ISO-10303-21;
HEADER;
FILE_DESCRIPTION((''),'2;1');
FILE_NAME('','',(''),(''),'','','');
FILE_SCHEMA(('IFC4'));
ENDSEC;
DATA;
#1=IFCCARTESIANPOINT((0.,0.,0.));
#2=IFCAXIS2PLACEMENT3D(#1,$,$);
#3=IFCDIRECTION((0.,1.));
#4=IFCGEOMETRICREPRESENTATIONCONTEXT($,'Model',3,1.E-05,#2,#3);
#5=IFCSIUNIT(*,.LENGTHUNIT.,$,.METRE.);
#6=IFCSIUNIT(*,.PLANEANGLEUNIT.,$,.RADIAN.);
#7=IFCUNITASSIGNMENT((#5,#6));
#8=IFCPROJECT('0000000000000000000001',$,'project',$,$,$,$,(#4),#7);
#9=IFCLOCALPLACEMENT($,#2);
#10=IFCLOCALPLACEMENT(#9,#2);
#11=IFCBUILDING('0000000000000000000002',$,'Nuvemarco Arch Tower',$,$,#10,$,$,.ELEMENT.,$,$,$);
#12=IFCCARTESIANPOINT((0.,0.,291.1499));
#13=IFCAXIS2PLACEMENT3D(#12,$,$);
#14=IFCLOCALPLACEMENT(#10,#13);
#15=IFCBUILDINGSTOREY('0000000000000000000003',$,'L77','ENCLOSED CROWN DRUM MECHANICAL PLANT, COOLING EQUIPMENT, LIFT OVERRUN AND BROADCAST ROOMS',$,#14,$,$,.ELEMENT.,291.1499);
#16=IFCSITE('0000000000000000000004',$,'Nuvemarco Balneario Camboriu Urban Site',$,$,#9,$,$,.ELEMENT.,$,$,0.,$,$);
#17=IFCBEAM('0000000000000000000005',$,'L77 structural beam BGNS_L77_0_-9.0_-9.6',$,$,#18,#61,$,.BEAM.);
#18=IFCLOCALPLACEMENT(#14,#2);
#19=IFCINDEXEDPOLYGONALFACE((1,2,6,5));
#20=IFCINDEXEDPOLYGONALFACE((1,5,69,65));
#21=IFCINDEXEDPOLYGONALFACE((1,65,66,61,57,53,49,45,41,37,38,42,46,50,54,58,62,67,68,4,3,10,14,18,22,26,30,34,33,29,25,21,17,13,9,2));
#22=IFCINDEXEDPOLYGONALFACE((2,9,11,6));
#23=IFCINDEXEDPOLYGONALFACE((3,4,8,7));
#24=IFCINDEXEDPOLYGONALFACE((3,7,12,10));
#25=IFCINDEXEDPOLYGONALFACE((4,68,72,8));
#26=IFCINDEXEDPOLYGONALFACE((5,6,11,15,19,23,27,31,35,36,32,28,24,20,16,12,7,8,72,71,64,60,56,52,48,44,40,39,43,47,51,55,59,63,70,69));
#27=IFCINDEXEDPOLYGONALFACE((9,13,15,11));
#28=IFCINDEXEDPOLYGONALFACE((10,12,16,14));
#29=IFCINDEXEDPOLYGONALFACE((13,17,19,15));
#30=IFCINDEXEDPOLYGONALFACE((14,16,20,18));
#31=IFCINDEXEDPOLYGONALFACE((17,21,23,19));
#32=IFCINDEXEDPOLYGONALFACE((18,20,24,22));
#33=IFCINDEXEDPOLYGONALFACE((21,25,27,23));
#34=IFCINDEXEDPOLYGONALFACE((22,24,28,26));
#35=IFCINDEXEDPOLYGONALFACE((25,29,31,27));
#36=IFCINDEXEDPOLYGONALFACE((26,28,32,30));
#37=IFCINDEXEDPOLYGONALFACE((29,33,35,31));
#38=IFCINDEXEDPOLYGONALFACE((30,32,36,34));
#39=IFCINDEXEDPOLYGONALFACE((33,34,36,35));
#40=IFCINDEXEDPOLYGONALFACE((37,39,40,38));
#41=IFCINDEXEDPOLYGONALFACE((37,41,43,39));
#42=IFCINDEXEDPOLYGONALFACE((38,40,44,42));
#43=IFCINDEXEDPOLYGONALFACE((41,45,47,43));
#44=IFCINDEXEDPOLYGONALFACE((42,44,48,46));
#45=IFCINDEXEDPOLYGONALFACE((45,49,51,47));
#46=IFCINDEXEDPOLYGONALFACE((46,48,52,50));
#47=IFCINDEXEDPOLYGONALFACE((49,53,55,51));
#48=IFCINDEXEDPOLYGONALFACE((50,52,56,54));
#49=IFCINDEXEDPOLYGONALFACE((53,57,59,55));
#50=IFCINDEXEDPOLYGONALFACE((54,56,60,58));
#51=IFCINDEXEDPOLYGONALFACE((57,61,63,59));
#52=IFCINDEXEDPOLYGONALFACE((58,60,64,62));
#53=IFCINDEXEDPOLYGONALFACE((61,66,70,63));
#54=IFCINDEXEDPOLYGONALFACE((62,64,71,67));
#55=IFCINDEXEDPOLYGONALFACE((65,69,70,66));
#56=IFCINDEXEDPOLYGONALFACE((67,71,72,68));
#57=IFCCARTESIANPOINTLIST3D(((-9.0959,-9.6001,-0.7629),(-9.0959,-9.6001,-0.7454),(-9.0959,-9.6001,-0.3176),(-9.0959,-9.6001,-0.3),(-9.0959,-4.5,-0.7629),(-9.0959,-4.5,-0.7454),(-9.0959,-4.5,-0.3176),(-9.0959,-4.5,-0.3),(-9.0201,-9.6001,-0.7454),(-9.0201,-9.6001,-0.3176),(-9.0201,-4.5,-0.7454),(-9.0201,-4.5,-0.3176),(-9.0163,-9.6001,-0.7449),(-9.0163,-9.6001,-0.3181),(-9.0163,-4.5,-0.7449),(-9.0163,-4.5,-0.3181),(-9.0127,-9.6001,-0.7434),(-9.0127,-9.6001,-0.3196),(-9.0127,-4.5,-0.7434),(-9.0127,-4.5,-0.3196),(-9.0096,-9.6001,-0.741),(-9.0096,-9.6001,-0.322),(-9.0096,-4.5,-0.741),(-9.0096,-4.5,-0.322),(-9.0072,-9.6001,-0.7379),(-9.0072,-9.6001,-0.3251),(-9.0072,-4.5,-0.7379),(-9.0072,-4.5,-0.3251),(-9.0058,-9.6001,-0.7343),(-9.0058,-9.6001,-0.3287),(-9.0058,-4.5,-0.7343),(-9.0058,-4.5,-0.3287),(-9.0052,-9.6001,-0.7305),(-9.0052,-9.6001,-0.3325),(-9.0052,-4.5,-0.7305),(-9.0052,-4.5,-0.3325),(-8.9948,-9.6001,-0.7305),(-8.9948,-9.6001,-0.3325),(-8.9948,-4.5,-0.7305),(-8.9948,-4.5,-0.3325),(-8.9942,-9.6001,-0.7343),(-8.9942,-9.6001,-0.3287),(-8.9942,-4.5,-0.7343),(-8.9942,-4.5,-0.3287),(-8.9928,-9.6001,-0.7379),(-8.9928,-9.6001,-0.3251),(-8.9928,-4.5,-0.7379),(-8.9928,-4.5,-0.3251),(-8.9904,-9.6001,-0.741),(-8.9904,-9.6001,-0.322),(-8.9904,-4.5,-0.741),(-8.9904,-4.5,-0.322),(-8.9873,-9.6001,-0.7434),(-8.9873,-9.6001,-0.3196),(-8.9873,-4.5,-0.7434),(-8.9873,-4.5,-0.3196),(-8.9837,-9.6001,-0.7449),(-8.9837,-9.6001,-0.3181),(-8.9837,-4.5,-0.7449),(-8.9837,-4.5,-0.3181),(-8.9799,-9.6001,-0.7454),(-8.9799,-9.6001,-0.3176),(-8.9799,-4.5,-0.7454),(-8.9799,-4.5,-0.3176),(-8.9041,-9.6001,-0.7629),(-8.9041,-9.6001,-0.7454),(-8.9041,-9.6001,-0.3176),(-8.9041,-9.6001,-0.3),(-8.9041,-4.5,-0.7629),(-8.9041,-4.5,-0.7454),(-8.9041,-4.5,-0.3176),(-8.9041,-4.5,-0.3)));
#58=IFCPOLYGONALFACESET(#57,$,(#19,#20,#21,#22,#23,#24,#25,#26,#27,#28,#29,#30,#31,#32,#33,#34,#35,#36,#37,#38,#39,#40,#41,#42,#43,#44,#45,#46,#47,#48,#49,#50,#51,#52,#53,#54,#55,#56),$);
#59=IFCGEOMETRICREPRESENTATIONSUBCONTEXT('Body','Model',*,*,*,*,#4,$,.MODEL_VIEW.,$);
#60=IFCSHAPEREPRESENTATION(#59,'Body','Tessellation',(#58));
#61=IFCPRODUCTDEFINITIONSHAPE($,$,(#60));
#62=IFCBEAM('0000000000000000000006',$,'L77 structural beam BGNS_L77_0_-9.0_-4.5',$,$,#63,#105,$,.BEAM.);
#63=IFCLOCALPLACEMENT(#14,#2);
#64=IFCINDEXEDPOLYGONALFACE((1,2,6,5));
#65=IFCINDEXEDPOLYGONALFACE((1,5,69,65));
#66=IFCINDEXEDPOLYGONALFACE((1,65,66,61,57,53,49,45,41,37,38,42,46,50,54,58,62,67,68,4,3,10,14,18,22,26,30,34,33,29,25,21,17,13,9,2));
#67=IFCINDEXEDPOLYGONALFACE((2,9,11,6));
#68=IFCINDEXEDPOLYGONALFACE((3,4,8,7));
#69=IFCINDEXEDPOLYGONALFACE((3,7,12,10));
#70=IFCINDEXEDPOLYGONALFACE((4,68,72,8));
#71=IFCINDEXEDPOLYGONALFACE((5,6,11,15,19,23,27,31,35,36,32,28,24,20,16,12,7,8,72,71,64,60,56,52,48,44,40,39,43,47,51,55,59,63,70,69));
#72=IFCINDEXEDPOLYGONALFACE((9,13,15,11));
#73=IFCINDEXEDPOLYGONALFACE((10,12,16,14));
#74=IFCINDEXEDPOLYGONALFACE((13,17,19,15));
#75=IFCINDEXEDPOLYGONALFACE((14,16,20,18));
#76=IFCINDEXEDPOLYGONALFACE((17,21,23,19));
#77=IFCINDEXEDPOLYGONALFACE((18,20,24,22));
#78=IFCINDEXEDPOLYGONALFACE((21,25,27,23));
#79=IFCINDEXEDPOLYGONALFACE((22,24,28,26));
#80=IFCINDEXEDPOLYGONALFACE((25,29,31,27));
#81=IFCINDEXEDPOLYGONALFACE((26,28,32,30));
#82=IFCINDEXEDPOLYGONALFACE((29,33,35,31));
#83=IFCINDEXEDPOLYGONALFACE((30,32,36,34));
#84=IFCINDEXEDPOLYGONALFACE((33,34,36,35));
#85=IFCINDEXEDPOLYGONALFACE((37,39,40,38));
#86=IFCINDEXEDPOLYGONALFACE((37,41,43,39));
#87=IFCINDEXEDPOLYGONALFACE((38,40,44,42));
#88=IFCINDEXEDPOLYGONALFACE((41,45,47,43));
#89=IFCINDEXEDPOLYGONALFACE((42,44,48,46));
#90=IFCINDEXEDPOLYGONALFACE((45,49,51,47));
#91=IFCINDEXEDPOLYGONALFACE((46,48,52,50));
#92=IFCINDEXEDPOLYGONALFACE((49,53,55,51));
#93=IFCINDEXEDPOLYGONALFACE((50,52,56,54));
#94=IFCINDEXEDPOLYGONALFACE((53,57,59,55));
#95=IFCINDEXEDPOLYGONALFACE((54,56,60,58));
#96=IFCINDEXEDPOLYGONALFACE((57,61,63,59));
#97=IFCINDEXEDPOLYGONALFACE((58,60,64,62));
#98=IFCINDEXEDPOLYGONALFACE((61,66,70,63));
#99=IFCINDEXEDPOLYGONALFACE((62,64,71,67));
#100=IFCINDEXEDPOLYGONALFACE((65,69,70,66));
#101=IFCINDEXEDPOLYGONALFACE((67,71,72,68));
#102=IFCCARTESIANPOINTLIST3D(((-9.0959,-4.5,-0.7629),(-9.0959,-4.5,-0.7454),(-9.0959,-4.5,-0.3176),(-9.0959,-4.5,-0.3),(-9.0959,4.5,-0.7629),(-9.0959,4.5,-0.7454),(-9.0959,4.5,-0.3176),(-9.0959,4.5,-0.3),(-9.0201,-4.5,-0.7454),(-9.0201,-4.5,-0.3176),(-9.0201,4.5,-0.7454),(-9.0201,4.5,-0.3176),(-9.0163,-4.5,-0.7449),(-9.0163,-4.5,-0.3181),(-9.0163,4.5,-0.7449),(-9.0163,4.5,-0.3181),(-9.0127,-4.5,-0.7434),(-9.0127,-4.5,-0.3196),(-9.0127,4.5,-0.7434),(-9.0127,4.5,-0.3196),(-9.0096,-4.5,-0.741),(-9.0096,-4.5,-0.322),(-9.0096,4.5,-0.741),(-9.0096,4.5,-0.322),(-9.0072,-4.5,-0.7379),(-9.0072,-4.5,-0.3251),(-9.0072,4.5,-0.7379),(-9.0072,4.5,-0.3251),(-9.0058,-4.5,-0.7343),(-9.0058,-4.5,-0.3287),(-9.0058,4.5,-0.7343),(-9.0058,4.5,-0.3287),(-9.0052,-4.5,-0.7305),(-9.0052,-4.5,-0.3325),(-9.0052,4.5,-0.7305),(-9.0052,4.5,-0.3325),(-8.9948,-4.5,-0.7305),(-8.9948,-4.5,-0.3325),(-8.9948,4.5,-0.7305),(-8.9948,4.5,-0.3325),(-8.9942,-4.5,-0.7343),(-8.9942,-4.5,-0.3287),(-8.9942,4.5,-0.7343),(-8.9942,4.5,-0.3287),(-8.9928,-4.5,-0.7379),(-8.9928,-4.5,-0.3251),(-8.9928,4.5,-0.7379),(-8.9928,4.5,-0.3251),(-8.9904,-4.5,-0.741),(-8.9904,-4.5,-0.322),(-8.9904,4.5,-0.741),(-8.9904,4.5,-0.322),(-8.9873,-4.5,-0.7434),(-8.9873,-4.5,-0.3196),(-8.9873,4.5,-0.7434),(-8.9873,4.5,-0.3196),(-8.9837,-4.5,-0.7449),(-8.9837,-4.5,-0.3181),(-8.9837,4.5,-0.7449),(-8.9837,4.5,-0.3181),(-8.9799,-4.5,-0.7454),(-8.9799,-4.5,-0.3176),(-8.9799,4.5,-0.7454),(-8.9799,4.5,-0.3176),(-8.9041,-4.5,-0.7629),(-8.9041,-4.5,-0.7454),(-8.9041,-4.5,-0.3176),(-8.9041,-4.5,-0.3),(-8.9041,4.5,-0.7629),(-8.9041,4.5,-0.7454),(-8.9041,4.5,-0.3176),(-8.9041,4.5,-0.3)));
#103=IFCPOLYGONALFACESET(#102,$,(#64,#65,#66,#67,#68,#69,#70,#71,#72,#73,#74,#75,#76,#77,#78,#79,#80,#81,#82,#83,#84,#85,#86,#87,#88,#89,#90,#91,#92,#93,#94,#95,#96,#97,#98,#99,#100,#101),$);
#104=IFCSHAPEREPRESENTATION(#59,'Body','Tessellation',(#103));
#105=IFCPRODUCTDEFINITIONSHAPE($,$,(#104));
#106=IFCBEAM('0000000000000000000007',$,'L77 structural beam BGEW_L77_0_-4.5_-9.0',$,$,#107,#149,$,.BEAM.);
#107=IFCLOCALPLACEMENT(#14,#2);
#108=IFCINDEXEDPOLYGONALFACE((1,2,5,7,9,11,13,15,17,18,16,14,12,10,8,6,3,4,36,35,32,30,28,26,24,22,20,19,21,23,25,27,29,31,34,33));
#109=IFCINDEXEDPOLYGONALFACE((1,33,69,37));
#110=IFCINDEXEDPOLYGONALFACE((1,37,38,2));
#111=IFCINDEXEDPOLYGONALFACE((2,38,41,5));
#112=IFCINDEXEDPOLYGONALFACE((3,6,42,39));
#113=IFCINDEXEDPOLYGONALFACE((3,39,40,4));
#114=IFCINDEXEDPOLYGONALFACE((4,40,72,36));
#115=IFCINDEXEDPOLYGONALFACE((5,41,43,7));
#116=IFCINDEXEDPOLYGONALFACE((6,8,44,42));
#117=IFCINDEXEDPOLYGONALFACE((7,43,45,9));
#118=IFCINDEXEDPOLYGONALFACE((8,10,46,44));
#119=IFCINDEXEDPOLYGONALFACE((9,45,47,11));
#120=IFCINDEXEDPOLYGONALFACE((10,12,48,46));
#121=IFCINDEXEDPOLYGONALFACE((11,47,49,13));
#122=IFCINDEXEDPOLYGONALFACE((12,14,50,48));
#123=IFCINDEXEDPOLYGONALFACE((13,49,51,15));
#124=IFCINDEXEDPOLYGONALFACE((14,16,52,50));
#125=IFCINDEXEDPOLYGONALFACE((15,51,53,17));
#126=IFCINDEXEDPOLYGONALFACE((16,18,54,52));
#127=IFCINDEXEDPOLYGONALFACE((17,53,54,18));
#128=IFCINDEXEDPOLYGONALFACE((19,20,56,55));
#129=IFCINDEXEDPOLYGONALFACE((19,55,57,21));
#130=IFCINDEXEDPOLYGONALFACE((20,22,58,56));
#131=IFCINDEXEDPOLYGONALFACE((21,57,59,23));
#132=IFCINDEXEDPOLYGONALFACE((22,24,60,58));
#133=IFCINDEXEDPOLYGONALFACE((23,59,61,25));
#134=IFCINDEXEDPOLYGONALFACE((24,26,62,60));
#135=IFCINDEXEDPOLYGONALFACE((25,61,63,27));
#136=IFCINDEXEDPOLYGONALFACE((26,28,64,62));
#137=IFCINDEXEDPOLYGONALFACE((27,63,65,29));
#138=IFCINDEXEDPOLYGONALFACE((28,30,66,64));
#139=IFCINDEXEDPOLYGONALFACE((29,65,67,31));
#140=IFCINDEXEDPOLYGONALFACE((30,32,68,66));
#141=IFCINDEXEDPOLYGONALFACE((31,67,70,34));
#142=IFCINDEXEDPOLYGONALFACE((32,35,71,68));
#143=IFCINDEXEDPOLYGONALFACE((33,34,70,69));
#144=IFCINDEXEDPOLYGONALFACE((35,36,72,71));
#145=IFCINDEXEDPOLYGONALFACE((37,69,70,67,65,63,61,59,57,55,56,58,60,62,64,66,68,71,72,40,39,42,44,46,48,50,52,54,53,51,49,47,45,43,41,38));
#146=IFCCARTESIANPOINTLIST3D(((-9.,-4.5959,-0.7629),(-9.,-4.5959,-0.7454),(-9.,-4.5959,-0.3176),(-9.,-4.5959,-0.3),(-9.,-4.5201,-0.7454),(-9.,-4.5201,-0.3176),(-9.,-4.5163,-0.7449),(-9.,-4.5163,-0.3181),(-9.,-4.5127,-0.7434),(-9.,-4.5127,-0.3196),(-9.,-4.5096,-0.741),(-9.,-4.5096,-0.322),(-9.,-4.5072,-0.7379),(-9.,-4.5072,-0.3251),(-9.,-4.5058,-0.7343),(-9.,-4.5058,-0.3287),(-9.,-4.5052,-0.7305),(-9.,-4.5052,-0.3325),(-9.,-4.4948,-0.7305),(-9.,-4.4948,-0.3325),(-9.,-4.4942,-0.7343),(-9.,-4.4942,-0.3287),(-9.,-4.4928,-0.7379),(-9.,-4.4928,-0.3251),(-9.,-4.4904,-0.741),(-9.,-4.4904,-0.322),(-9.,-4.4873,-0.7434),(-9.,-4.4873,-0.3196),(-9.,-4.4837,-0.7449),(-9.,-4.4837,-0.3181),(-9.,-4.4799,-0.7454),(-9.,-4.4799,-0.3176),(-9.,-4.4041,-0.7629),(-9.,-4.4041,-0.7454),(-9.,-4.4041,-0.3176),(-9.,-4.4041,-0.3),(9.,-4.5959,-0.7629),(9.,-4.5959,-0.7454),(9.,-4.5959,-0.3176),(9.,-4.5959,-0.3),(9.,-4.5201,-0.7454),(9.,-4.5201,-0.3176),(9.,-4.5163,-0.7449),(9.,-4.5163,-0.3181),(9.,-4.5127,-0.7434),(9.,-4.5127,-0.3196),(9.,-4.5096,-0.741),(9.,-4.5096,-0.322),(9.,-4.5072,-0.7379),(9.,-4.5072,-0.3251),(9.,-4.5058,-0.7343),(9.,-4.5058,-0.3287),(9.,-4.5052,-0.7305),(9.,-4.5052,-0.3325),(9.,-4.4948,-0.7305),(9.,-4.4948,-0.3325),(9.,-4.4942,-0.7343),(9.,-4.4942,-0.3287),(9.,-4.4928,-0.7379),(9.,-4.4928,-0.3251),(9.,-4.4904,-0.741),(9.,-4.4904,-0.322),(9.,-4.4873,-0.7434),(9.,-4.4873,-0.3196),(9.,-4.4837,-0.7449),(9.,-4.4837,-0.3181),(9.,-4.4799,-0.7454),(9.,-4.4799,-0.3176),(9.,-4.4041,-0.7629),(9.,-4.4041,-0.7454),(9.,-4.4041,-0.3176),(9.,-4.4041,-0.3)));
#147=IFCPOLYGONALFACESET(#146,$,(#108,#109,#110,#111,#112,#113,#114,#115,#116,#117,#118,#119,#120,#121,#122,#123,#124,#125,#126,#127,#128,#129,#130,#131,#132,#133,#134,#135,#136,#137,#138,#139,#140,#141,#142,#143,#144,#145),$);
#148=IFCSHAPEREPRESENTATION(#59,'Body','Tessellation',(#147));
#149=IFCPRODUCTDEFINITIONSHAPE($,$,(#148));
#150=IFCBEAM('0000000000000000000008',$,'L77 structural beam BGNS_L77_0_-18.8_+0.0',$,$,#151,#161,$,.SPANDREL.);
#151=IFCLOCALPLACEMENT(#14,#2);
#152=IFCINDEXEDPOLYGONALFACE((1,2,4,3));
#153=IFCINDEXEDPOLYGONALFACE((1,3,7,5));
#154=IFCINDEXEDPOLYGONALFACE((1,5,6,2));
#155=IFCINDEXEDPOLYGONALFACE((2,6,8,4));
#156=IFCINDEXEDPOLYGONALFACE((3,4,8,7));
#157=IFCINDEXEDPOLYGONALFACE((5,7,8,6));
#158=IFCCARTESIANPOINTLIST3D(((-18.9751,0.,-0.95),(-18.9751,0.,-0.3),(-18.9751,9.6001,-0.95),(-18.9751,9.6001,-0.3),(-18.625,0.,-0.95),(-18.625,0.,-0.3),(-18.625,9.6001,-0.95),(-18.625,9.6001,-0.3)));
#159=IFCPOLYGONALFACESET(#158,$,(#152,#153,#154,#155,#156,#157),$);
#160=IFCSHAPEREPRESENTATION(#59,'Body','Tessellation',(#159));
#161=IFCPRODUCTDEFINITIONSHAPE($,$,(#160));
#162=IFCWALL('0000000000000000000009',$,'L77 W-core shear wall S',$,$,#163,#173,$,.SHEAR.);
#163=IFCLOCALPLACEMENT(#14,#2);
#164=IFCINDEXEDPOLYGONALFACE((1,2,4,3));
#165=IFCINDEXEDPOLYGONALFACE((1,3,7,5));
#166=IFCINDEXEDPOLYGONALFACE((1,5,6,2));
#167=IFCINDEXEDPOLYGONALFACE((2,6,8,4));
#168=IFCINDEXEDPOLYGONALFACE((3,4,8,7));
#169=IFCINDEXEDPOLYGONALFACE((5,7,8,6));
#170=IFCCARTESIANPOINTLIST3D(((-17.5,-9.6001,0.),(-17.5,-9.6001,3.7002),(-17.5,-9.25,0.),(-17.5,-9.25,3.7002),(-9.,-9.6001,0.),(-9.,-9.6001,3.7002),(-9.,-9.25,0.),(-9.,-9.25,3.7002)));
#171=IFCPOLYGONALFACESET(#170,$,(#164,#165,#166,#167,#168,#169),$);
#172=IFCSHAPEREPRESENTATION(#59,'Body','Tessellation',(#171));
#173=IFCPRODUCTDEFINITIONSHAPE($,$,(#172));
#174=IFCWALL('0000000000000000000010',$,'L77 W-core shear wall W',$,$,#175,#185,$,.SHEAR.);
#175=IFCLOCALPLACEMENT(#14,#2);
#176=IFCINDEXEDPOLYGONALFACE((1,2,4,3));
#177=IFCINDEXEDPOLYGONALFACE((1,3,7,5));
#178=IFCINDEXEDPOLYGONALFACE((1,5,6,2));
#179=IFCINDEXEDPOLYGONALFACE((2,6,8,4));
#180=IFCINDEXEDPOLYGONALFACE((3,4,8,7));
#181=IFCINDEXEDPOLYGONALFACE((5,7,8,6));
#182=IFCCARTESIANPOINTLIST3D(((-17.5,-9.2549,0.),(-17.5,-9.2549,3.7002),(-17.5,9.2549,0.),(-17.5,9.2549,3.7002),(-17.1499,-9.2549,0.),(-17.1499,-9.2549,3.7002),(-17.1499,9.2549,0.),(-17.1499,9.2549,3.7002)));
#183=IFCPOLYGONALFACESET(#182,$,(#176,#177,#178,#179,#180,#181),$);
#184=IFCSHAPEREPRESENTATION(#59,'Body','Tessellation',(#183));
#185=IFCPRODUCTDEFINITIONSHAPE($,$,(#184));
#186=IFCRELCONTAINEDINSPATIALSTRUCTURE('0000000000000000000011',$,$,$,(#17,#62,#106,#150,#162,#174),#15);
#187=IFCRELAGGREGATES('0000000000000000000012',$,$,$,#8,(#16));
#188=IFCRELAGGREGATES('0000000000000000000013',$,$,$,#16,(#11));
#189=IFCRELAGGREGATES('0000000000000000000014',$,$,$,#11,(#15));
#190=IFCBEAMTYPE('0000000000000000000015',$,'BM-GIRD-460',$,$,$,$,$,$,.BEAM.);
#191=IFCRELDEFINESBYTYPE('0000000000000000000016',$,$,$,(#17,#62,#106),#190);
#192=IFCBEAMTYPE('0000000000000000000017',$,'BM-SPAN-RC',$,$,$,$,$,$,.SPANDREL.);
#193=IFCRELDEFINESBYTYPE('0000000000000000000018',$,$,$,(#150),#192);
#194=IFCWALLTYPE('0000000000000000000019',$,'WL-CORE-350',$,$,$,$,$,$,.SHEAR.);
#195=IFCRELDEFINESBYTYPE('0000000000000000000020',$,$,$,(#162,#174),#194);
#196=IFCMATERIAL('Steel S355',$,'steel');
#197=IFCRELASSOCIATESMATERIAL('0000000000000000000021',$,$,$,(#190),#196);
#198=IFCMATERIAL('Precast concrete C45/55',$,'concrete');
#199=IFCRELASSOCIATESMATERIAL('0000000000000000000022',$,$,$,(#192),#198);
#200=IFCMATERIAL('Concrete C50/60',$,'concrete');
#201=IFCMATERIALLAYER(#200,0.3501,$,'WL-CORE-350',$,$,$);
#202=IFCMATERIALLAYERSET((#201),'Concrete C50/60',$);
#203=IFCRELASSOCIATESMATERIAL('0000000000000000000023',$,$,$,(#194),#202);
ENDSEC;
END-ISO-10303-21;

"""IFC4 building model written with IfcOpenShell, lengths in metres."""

from ifc_helpers import new_model, si_unit, direction, frame, frame_2d, origin, origin_2d, place, context, subcontext, project, spatial, rectangle, i_section, extrude, material, layer, layer_set, material_profile, profile_set, type_object, element, save


model = new_model("IFC4")

# Units and contexts
model_context = context("Model", 3, precision=1e-05, world=origin(), true_north=direction((0.0, 1.0)))
body_context = subcontext(model_context, "Body", "Model", "MODEL_VIEW")
ifc_project = project(units=[si_unit("LENGTHUNIT", "METRE"), si_unit("PLANEANGLEUNIT", "RADIAN")], contexts=[model_context])

# Site, building, storey
site_placement = place(None, origin())
site = spatial("IfcSite", under=ifc_project, at=site_placement, Name="Nuvemarco Balneario Camboriu Urban Site", CompositionType="ELEMENT", RefElevation=0.0)
building_placement = place(site_placement, origin())
building = spatial("IfcBuilding", under=site, at=building_placement, Name="Nuvemarco Arch Tower", CompositionType="ELEMENT")
storey_placement = place(building_placement, frame((0.0, 0.0, 291.1499)))
storey = spatial("IfcBuildingStorey", under=building, at=storey_placement, Name="L77", Description="ENCLOSED CROWN DRUM MECHANICAL PLANT, COOLING EQUIPMENT, LIFT OVERRUN AND BROADCAST ROOMS", CompositionType="ELEMENT", Elevation=291.1499)

# Shared definitions
ifc_material_1 = material(Name="Concrete C50/60", Category="concrete")
ifc_material_2 = material(Name="Steel S355", Category="steel")

# Beams
ifc_material_profile_1 = material_profile(ifc_material_2, i_section(OverallWidth=0.1919, OverallDepth=0.4629, WebThickness=0.0105, FlangeThickness=0.0176, FilletRadius=0.0149, at=origin_2d()), Name="W460x89")
ifc_profile_set_1 = profile_set([ifc_material_profile_1], Name="Steel S355")
beam_type_1 = type_object("IfcBeamType", Name="BM-GIRD-460", PredefinedType="BEAM", material=ifc_profile_set_1)
beam_1_placement = place(storey_placement, frame((-9.0, -9.6001, -0.5315), z_axis=(0.0, 1.0, 0.0), x_axis=(-1.0, 0.0, 0.0)))
element("IfcBeam", 1, at=beam_1_placement, inside=storey, type_object=beam_type_1, Name="L77 structural beam BGNS_L77_0_-9.0_-9.6", PredefinedType="BEAM", context=body_context, shape_type="SweptSolid", body=[
    extrude(i_section(OverallWidth=0.1919, OverallDepth=0.4629, WebThickness=0.0105, FlangeThickness=0.0176, FilletRadius=0.0149, at=origin_2d()), origin(), (0.0, 0.0, 1.0), 5.1001),
])
beam_2_placement = place(storey_placement, frame((-9.0, -4.5, -0.5315), z_axis=(0.0, 1.0, 0.0), x_axis=(-1.0, 0.0, 0.0)))
element("IfcBeam", 2, at=beam_2_placement, inside=storey, type_object=beam_type_1, Name="L77 structural beam BGNS_L77_0_-9.0_-4.5", PredefinedType="BEAM", context=body_context, shape_type="SweptSolid", body=[
    extrude(i_section(OverallWidth=0.1919, OverallDepth=0.4629, WebThickness=0.0105, FlangeThickness=0.0176, FilletRadius=0.0149, at=origin_2d()), origin(), (0.0, 0.0, 1.0), 9.0),
])
beam_3_placement = place(storey_placement, frame((-9.0, -4.5, -0.5315), z_axis=(1.0, 0.0, 0.0), x_axis=(0.0, 1.0, 0.0)))
element("IfcBeam", 3, at=beam_3_placement, inside=storey, type_object=beam_type_1, Name="L77 structural beam BGEW_L77_0_-4.5_-9.0", PredefinedType="BEAM", context=body_context, shape_type="SweptSolid", body=[
    extrude(i_section(OverallWidth=0.1919, OverallDepth=0.4629, WebThickness=0.0105, FlangeThickness=0.0176, FilletRadius=0.0149, at=origin_2d()), origin(), (0.0, 0.0, 1.0), 18.0),
])
ifc_material_3 = material(Name="Precast concrete C45/55", Category="concrete")
ifc_material_profile_2 = material_profile(ifc_material_3, rectangle(XDim=0.3501, YDim=0.6499, at=origin_2d()), Name="PC-SP-350x650")
ifc_profile_set_2 = profile_set([ifc_material_profile_2], Name="Precast concrete C45/55")
beam_type_2 = type_object("IfcBeamType", Name="BM-SPAN-RC", PredefinedType="SPANDREL", material=ifc_profile_set_2)
beam_4_placement = place(storey_placement, frame((-18.8, 0.0, -0.625), z_axis=(0.0, 1.0, 0.0), x_axis=(-1.0, 0.0, 0.0)))
element("IfcBeam", 4, at=beam_4_placement, inside=storey, type_object=beam_type_2, Name="L77 structural beam BGNS_L77_0_-18.8_+0.0", PredefinedType="SPANDREL", context=body_context, shape_type="SweptSolid", body=[
    extrude(rectangle(XDim=0.3501, YDim=0.6499, at=origin_2d()), origin(), (0.0, 0.0, 1.0), 9.6001),
])

# Walls
ifc_layer_1 = layer(ifc_material_1, 0.3501, Name="WL-CORE-350")
ifc_layer_set_1 = layer_set([ifc_layer_1], Name="Concrete C50/60")
wall_type_1 = type_object("IfcWallType", Name="WL-CORE-350", PredefinedType="SHEAR", material=ifc_layer_set_1)
wall_1_placement = place(storey_placement, frame((-17.5, -9.425, 0.0), z_axis=(0.0, 0.0, 1.0), x_axis=(1.0, 0.0, 0.0)))
element("IfcWall", 5, at=wall_1_placement, inside=storey, type_object=wall_type_1, Name="L77 W-core shear wall S", PredefinedType="SHEAR", context=body_context, shape_type="SweptSolid", body=[
    extrude(rectangle(XDim=8.5, YDim=0.3501, at=frame_2d((4.25, 0.0))), origin(), (0.0, 0.0, 1.0), 3.7002),
])
wall_2_placement = place(storey_placement, frame((-17.325, -9.2549, 0.0), z_axis=(0.0, 0.0, 1.0), x_axis=(0.0, 1.0, 0.0)))
element("IfcWall", 6, at=wall_2_placement, inside=storey, type_object=wall_type_1, Name="L77 W-core shear wall W", PredefinedType="SHEAR", context=body_context, shape_type="SweptSolid", body=[
    extrude(rectangle(XDim=18.5098, YDim=0.3501, at=frame_2d((9.2549, 0.0))), origin(), (0.0, 0.0, 1.0), 3.7002),
])

save(model, "model.ifc")
